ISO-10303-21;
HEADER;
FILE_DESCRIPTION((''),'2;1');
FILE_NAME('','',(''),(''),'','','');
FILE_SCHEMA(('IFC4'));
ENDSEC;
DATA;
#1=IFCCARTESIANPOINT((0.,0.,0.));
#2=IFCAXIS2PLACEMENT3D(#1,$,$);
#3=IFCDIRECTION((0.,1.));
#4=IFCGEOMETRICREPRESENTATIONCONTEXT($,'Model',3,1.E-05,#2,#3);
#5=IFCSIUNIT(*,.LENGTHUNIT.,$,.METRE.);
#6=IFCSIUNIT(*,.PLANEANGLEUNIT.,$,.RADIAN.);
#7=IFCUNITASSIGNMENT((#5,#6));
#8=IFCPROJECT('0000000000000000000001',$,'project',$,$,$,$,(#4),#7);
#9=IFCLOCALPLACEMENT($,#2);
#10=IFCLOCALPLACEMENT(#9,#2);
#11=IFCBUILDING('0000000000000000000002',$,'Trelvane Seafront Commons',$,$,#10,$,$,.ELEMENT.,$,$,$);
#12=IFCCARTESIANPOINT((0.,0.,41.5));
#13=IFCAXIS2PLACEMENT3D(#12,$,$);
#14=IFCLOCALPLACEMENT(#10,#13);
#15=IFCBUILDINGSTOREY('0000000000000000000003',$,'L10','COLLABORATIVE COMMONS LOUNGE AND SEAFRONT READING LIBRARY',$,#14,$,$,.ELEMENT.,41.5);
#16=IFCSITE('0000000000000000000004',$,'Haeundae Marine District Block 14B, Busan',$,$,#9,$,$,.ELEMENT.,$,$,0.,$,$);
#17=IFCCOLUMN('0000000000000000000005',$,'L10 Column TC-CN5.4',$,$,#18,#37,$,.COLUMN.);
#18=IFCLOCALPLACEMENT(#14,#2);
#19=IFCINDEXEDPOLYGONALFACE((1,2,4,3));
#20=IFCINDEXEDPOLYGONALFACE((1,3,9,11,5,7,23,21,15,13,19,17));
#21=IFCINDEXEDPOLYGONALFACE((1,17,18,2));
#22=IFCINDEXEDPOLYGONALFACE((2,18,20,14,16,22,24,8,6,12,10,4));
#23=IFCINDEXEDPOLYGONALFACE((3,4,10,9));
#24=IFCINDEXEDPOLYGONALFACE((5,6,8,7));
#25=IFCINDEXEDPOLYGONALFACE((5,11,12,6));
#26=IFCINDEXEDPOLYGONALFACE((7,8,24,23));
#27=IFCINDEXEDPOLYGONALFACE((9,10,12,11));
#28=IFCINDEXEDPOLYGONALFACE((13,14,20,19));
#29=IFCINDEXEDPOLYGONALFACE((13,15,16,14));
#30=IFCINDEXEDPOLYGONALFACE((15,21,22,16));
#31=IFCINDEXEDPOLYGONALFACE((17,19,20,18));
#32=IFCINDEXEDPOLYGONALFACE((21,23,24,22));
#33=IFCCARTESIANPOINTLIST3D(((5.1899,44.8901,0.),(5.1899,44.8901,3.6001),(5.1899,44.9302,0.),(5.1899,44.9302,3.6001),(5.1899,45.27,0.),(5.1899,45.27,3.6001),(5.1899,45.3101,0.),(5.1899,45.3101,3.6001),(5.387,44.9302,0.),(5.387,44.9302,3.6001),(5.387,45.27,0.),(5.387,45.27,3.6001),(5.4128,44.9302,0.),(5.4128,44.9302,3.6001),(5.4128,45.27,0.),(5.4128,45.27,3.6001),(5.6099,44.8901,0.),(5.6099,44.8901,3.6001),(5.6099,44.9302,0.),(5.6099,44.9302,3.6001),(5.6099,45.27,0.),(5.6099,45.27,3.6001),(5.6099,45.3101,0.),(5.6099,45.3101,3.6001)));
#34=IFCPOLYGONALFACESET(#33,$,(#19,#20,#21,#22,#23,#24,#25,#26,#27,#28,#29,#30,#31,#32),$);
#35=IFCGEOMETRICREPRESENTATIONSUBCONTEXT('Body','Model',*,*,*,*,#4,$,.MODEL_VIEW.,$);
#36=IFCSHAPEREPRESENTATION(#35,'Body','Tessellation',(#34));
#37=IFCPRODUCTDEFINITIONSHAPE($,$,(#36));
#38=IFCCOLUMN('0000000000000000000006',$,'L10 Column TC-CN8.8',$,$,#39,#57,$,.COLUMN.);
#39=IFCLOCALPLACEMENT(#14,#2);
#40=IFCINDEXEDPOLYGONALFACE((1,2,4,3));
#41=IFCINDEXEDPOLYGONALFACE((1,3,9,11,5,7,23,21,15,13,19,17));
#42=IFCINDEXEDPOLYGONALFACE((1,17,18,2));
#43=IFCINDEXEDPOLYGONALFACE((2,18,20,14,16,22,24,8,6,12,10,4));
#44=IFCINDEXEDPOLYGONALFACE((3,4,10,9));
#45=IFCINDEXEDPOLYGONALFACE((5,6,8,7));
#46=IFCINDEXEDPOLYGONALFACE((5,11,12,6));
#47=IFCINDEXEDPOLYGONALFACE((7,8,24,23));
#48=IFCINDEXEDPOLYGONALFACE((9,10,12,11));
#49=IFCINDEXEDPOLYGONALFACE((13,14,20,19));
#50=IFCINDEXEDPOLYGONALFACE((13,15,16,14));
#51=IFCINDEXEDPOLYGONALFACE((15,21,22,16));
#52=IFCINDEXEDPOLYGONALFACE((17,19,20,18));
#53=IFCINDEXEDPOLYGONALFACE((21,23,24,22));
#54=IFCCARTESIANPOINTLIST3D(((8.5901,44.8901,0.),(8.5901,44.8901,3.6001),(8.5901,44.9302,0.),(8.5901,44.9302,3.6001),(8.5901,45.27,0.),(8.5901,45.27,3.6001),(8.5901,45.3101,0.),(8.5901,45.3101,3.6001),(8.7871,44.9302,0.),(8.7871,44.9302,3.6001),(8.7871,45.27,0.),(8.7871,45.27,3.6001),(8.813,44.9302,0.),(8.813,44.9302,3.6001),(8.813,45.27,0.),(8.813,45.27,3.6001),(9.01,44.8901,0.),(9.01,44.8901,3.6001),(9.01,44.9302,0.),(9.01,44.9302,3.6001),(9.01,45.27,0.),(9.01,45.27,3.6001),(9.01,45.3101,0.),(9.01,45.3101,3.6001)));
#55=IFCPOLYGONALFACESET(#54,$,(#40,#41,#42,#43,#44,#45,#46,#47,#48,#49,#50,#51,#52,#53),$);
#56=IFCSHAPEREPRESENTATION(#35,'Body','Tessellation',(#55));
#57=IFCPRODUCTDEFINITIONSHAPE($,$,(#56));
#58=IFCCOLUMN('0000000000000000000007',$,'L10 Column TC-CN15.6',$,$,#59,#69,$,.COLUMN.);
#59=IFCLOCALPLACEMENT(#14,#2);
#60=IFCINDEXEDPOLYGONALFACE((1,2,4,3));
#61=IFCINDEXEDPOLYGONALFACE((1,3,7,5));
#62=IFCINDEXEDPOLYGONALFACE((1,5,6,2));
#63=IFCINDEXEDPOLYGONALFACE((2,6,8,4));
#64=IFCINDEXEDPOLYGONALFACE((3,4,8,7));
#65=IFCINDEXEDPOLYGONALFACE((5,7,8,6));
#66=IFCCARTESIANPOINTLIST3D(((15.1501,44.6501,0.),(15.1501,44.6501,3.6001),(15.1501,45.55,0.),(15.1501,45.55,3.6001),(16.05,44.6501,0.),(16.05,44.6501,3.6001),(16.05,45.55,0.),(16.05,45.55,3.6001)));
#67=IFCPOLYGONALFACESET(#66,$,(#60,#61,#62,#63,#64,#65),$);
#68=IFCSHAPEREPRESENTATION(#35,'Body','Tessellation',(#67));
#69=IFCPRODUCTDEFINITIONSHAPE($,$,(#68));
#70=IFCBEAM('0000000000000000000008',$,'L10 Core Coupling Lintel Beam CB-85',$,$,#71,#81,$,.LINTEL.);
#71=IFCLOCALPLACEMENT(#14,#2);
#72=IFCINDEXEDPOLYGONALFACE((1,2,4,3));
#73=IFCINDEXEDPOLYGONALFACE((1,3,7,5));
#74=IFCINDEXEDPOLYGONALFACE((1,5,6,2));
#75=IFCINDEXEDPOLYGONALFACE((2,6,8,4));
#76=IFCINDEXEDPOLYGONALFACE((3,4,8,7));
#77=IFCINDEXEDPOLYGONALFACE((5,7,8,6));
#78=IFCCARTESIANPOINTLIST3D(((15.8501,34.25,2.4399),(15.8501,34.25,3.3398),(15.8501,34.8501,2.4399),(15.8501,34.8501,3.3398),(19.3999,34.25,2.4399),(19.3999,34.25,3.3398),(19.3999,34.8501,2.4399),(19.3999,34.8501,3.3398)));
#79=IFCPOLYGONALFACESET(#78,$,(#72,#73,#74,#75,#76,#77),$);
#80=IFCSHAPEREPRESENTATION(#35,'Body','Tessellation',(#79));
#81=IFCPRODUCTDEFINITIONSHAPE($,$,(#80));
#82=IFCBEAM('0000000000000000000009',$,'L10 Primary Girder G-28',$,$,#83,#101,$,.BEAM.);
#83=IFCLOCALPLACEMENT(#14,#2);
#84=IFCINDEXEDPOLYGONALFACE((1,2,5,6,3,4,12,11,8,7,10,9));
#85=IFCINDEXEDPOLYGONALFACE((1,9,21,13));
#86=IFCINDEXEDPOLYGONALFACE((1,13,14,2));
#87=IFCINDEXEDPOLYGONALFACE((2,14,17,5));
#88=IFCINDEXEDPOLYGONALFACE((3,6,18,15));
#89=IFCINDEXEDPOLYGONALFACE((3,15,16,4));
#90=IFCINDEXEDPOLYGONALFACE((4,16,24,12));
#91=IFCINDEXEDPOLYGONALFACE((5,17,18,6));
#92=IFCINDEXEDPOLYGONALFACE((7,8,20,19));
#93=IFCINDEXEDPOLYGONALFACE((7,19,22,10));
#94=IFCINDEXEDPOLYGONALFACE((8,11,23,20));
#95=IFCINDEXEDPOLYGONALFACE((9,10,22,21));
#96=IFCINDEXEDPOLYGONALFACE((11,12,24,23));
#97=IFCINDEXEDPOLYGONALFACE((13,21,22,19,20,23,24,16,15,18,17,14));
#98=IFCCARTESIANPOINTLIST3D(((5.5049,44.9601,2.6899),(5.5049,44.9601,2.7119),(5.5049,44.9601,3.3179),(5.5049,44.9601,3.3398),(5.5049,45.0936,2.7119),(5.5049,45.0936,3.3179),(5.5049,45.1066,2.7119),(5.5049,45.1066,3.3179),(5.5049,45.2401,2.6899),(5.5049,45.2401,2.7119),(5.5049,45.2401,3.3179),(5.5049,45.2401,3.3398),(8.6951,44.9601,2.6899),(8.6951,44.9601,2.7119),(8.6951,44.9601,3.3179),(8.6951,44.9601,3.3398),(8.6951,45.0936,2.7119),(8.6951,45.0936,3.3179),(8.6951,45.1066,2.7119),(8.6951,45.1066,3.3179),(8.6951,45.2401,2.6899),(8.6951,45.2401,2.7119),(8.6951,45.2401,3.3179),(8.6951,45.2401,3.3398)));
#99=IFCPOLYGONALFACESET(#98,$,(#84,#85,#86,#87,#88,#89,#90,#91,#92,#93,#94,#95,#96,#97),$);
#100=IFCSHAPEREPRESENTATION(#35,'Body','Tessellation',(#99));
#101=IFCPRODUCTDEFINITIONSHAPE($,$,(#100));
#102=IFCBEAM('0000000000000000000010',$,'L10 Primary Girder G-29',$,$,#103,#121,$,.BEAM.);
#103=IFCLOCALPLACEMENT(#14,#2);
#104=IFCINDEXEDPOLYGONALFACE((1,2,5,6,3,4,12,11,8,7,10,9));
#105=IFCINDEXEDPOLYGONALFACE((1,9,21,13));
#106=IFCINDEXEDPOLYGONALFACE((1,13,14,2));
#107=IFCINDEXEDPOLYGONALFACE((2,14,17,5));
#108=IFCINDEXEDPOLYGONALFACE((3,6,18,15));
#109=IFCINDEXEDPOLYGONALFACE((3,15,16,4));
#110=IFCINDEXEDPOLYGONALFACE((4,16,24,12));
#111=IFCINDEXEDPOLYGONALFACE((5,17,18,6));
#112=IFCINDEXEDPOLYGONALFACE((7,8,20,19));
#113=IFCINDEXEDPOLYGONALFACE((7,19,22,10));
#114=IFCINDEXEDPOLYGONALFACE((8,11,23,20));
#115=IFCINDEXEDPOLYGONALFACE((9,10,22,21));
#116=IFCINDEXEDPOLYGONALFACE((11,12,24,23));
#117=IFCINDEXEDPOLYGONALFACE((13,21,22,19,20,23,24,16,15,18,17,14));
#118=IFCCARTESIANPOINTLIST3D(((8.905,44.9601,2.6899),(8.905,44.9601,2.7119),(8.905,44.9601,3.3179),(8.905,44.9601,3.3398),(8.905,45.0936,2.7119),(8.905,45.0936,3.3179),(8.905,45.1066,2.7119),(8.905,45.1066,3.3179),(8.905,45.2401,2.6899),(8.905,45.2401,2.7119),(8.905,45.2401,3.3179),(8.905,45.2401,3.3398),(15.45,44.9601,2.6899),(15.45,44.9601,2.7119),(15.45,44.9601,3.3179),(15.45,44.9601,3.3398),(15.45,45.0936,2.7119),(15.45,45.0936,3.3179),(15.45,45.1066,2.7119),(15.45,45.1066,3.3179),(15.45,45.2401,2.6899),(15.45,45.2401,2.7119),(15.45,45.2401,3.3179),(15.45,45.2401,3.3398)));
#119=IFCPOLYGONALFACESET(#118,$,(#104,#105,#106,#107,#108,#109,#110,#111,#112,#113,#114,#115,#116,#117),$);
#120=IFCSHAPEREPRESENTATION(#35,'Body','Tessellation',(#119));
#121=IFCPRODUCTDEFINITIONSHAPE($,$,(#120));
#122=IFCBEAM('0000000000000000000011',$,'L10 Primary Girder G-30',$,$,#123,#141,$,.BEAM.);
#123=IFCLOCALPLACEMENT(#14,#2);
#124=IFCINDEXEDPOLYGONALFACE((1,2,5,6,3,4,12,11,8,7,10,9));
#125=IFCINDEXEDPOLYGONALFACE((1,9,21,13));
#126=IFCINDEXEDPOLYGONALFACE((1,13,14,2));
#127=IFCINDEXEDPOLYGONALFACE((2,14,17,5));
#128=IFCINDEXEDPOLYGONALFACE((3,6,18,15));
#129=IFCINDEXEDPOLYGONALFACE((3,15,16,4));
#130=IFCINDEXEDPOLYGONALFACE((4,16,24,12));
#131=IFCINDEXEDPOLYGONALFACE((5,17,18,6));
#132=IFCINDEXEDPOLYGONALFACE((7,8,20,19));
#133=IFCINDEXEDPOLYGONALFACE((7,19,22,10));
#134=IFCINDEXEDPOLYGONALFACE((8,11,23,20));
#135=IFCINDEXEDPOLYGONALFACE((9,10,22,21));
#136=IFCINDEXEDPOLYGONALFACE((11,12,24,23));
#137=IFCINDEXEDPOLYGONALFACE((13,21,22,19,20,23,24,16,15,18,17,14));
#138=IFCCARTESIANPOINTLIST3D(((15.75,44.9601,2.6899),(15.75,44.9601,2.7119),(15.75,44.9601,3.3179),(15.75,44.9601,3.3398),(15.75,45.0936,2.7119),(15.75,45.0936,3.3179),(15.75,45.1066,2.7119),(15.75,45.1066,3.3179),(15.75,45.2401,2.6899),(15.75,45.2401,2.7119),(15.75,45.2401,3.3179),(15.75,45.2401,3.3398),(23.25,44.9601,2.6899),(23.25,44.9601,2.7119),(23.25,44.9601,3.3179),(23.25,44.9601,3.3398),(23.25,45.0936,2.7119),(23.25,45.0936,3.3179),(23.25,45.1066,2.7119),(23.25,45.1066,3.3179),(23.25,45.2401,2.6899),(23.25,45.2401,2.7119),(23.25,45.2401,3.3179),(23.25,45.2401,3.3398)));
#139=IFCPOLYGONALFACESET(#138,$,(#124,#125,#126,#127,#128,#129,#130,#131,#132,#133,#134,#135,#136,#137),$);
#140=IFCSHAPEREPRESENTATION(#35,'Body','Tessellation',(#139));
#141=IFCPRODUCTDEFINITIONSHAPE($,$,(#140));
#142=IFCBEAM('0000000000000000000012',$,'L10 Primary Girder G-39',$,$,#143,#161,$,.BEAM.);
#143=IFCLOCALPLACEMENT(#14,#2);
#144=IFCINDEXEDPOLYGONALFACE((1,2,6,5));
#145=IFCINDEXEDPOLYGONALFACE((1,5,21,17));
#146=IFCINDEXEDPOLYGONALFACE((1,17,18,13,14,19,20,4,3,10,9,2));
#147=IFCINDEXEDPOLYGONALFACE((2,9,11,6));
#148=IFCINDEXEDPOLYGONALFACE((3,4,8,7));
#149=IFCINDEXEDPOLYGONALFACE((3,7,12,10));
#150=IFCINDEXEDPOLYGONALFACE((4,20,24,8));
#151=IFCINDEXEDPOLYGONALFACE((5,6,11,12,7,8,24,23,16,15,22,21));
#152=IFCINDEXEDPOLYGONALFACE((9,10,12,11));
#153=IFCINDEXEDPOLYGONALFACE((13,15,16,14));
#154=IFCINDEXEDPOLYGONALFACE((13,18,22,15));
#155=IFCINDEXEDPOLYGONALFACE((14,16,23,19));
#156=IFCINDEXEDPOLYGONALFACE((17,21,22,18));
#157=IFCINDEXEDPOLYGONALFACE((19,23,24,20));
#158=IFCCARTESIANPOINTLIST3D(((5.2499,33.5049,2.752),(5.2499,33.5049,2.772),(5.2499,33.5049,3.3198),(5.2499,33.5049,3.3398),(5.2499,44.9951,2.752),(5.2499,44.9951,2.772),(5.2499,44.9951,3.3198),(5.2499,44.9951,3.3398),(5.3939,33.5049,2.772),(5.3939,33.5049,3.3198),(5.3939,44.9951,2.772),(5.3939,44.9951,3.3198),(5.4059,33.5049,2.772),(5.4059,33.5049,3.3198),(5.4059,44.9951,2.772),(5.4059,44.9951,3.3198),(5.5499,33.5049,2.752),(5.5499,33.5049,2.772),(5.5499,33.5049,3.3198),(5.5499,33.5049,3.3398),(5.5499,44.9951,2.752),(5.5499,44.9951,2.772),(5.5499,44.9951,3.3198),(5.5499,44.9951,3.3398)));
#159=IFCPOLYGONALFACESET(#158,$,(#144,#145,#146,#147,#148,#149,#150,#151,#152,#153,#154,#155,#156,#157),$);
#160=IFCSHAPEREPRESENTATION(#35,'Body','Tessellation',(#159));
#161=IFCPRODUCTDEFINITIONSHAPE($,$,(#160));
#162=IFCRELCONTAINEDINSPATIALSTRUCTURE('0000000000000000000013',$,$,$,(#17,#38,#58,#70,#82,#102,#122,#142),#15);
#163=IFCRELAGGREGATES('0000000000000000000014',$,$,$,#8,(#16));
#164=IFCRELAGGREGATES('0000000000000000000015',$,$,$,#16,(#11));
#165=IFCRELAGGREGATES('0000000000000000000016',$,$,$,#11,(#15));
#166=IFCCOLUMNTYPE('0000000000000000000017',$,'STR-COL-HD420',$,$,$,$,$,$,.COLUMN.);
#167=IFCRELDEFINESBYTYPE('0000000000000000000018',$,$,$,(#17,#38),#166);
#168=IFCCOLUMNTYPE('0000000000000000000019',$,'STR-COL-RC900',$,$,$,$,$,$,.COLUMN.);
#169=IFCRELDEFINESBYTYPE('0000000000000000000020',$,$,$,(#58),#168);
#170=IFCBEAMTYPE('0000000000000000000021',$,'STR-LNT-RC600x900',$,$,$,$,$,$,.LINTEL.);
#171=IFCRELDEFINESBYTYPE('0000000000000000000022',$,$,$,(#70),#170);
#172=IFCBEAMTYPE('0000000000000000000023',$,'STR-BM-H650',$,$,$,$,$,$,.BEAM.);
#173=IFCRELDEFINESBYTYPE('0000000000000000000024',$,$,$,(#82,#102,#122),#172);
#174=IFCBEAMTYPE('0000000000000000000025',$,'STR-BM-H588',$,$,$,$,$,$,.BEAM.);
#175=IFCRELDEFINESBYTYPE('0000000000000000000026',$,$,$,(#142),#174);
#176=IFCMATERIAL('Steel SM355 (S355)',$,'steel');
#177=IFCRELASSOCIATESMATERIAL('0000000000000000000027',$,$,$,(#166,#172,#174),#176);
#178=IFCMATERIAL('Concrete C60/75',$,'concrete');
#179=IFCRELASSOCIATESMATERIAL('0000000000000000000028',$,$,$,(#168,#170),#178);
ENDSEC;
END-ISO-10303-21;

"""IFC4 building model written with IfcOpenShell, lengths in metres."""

from ifc_helpers import new_model, si_unit, direction, frame, origin, origin_2d, place, context, subcontext, project, spatial, rectangle, i_section, extrude, source, transform, mapped, material, material_profile, profile_set, type_object, element, save


model = new_model("IFC4")

# Units and contexts
model_context = context("Model", 3, precision=1e-05, world=origin(), true_north=direction((0.0, 1.0)))
body_context = subcontext(model_context, "Body", "Model", "MODEL_VIEW")
ifc_project = project(units=[si_unit("LENGTHUNIT", "METRE"), si_unit("PLANEANGLEUNIT", "RADIAN")], contexts=[model_context])

# Site, building, storey
site_placement = place(None, origin())
site = spatial("IfcSite", under=ifc_project, at=site_placement, Name="Haeundae Marine District Block 14B, Busan", CompositionType="ELEMENT", RefElevation=0.0)
building_placement = place(site_placement, origin())
building = spatial("IfcBuilding", under=site, at=building_placement, Name="Trelvane Seafront Commons", CompositionType="ELEMENT")
storey_placement = place(building_placement, frame((0.0, 0.0, 41.5)))
storey = spatial("IfcBuildingStorey", under=building, at=storey_placement, Name="L10", Description="COLLABORATIVE COMMONS LOUNGE AND SEAFRONT READING LIBRARY", CompositionType="ELEMENT", Elevation=41.5)

# Columns
ifc_material_1 = material(Name="Steel SM355 (S355)", Category="steel")
ifc_material_profile_1 = material_profile(ifc_material_1, i_section(OverallWidth=0.4199, OverallDepth=0.4199, WebThickness=0.0259, FlangeThickness=0.04, at=origin_2d()), Name="HD-420x420x26x40")
ifc_profile_set_1 = profile_set([ifc_material_profile_1], Name="Steel SM355 (S355)")
column_type_1 = type_object("IfcColumnType", Name="STR-COL-HD420", PredefinedType="COLUMN", material=ifc_profile_set_1)
shared_shape_1 = source(origin(), body_context, "Body", "SweptSolid", [
    extrude(i_section(OverallWidth=0.4199, OverallDepth=0.4199, WebThickness=0.0259, FlangeThickness=0.04, at=origin_2d()), origin(), (0.0, 0.0, 1.0), 3.6001),
])
for number, where, z_axis, x_axis, name in (
    (1, (5.3999, 45.1001, 0.0), (0.0, 0.0, 1.0), (1.0, 0.0, 0.0), "L10 Column TC-CN5.4"),
    (2, (8.8, 45.1001, 0.0), (0.0, 0.0, 1.0), (1.0, 0.0, 0.0), "L10 Column TC-CN8.8"),
):
    element("IfcColumn", number, at=place(storey_placement, frame(where, z_axis=z_axis, x_axis=x_axis)), inside=storey, type_object=column_type_1, Name=name, PredefinedType="COLUMN", context=body_context, shape_type="MappedRepresentation", body=[
        mapped(shared_shape_1, transform((0.0, 0.0, 0.0), x_axis=(1.0, 0.0, 0.0), y_axis=(0.0, 1.0, 0.0), z_axis=(0.0, 0.0, 1.0), scale=1.0)),
    ])
ifc_material_2 = material(Name="Concrete C60/75", Category="concrete")
ifc_material_profile_2 = material_profile(ifc_material_2, rectangle(XDim=0.8999, YDim=0.8999, at=origin_2d()), Name="RC-900x900")
ifc_profile_set_2 = profile_set([ifc_material_profile_2], Name="Concrete C60/75")
column_type_2 = type_object("IfcColumnType", Name="STR-COL-RC900", PredefinedType="COLUMN", material=ifc_profile_set_2)
shared_shape_2 = source(origin(), body_context, "Body", "SweptSolid", [
    extrude(rectangle(XDim=0.8999, YDim=0.8999, at=origin_2d()), origin(), (0.0, 0.0, 1.0), 3.6001),
])
column_placement = place(storey_placement, frame((15.6001, 45.1001, 0.0), z_axis=(0.0, 0.0, 1.0), x_axis=(1.0, 0.0, 0.0)))
element("IfcColumn", 3, at=column_placement, inside=storey, type_object=column_type_2, Name="L10 Column TC-CN15.6", PredefinedType="COLUMN", context=body_context, shape_type="MappedRepresentation", body=[
    mapped(shared_shape_2, transform((0.0, 0.0, 0.0), x_axis=(1.0, 0.0, 0.0), y_axis=(0.0, 1.0, 0.0), z_axis=(0.0, 0.0, 1.0), scale=1.0)),
])

# Beams
ifc_material_profile_3 = material_profile(ifc_material_2, rectangle(XDim=0.6001, YDim=0.8999, at=origin_2d()), Name="RC-600x900")
ifc_profile_set_3 = profile_set([ifc_material_profile_3], Name="Concrete C60/75")
beam_type_1 = type_object("IfcBeamType", Name="STR-LNT-RC600x900", PredefinedType="LINTEL", material=ifc_profile_set_3)
shared_shape_3 = source(origin(), body_context, "Body", "SweptSolid", [
    extrude(rectangle(XDim=0.6001, YDim=0.8999, at=origin_2d()), origin(), (0.0, 0.0, 1.0), 3.5498),
])
beam_1_placement = place(storey_placement, frame((15.8501, 34.55, 2.8899), z_axis=(1.0, 0.0, 0.0), x_axis=(0.0, 1.0, 0.0)))
element("IfcBeam", 4, at=beam_1_placement, inside=storey, type_object=beam_type_1, Name="L10 Core Coupling Lintel Beam CB-85", PredefinedType="LINTEL", context=body_context, shape_type="MappedRepresentation", body=[
    mapped(shared_shape_3, transform((0.0, 0.0, 0.0), x_axis=(1.0, 0.0, 0.0), y_axis=(0.0, 1.0, 0.0), z_axis=(0.0, 0.0, 1.0), scale=1.0)),
])
ifc_material_profile_4 = material_profile(ifc_material_1, i_section(OverallWidth=0.28, OverallDepth=0.6499, WebThickness=0.0129, FlangeThickness=0.022, at=origin_2d()), Name="H-650x280x13x22")
ifc_profile_set_4 = profile_set([ifc_material_profile_4], Name="Steel SM355 (S355)")
beam_type_2 = type_object("IfcBeamType", Name="STR-BM-H650", PredefinedType="BEAM", material=ifc_profile_set_4)
shared_shape_4 = source(origin(), body_context, "Body", "SweptSolid", [
    extrude(i_section(OverallWidth=0.28, OverallDepth=0.6499, WebThickness=0.0129, FlangeThickness=0.022, at=origin_2d()), origin(), (0.0, 0.0, 1.0), 3.1902),
])
beam_2_placement = place(storey_placement, frame((5.5049, 45.1001, 3.0149), z_axis=(1.0, 0.0, 0.0), x_axis=(0.0, 1.0, 0.0)))
element("IfcBeam", 5, at=beam_2_placement, inside=storey, type_object=beam_type_2, Name="L10 Primary Girder G-28", PredefinedType="BEAM", context=body_context, shape_type="MappedRepresentation", body=[
    mapped(shared_shape_4, transform((0.0, 0.0, 0.0), x_axis=(1.0, 0.0, 0.0), y_axis=(0.0, 1.0, 0.0), z_axis=(0.0, 0.0, 1.0), scale=1.0)),
])
shared_shape_5 = source(origin(), body_context, "Body", "SweptSolid", [
    extrude(i_section(OverallWidth=0.28, OverallDepth=0.6499, WebThickness=0.0129, FlangeThickness=0.022, at=origin_2d()), origin(), (0.0, 0.0, 1.0), 6.5449),
])
beam_3_placement = place(storey_placement, frame((8.905, 45.1001, 3.0149), z_axis=(1.0, 0.0, 0.0), x_axis=(0.0, 1.0, 0.0)))
element("IfcBeam", 6, at=beam_3_placement, inside=storey, type_object=beam_type_2, Name="L10 Primary Girder G-29", PredefinedType="BEAM", context=body_context, shape_type="MappedRepresentation", body=[
    mapped(shared_shape_5, transform((0.0, 0.0, 0.0), x_axis=(1.0, 0.0, 0.0), y_axis=(0.0, 1.0, 0.0), z_axis=(0.0, 0.0, 1.0), scale=1.0)),
])
shared_shape_6 = source(origin(), body_context, "Body", "SweptSolid", [
    extrude(i_section(OverallWidth=0.28, OverallDepth=0.6499, WebThickness=0.0129, FlangeThickness=0.022, at=origin_2d()), origin(), (0.0, 0.0, 1.0), 7.5),
])
beam_4_placement = place(storey_placement, frame((15.75, 45.1001, 3.0149), z_axis=(1.0, 0.0, 0.0), x_axis=(0.0, 1.0, 0.0)))
element("IfcBeam", 7, at=beam_4_placement, inside=storey, type_object=beam_type_2, Name="L10 Primary Girder G-30", PredefinedType="BEAM", context=body_context, shape_type="MappedRepresentation", body=[
    mapped(shared_shape_6, transform((0.0, 0.0, 0.0), x_axis=(1.0, 0.0, 0.0), y_axis=(0.0, 1.0, 0.0), z_axis=(0.0, 0.0, 1.0), scale=1.0)),
])
ifc_material_profile_5 = material_profile(ifc_material_1, i_section(OverallWidth=0.3, OverallDepth=0.5879, WebThickness=0.012, FlangeThickness=0.02, at=origin_2d()), Name="H-588x300x12x20")
ifc_profile_set_5 = profile_set([ifc_material_profile_5], Name="Steel SM355 (S355)")
beam_type_3 = type_object("IfcBeamType", Name="STR-BM-H588", PredefinedType="BEAM", material=ifc_profile_set_5)
shared_shape_7 = source(origin(), body_context, "Body", "SweptSolid", [
    extrude(i_section(OverallWidth=0.3, OverallDepth=0.5879, WebThickness=0.012, FlangeThickness=0.02, at=origin_2d()), origin(), (0.0, 0.0, 1.0), 11.4902),
])
for number, where, z_axis, x_axis, name in (
    (8, (5.3999, 33.5049, 3.0459), (0.0, 1.0, 0.0), (-1.0, 0.0, 0.0), "L10 Primary Girder G-39"),
):
    element("IfcBeam", number, at=place(storey_placement, frame(where, z_axis=z_axis, x_axis=x_axis)), inside=storey, type_object=beam_type_3, Name=name, PredefinedType="BEAM", context=body_context, shape_type="MappedRepresentation", body=[
        mapped(shared_shape_7, transform((0.0, 0.0, 0.0), x_axis=(1.0, 0.0, 0.0), y_axis=(0.0, 1.0, 0.0), z_axis=(0.0, 0.0, 1.0), scale=1.0)),
    ])

save(model, "model.ifc")
